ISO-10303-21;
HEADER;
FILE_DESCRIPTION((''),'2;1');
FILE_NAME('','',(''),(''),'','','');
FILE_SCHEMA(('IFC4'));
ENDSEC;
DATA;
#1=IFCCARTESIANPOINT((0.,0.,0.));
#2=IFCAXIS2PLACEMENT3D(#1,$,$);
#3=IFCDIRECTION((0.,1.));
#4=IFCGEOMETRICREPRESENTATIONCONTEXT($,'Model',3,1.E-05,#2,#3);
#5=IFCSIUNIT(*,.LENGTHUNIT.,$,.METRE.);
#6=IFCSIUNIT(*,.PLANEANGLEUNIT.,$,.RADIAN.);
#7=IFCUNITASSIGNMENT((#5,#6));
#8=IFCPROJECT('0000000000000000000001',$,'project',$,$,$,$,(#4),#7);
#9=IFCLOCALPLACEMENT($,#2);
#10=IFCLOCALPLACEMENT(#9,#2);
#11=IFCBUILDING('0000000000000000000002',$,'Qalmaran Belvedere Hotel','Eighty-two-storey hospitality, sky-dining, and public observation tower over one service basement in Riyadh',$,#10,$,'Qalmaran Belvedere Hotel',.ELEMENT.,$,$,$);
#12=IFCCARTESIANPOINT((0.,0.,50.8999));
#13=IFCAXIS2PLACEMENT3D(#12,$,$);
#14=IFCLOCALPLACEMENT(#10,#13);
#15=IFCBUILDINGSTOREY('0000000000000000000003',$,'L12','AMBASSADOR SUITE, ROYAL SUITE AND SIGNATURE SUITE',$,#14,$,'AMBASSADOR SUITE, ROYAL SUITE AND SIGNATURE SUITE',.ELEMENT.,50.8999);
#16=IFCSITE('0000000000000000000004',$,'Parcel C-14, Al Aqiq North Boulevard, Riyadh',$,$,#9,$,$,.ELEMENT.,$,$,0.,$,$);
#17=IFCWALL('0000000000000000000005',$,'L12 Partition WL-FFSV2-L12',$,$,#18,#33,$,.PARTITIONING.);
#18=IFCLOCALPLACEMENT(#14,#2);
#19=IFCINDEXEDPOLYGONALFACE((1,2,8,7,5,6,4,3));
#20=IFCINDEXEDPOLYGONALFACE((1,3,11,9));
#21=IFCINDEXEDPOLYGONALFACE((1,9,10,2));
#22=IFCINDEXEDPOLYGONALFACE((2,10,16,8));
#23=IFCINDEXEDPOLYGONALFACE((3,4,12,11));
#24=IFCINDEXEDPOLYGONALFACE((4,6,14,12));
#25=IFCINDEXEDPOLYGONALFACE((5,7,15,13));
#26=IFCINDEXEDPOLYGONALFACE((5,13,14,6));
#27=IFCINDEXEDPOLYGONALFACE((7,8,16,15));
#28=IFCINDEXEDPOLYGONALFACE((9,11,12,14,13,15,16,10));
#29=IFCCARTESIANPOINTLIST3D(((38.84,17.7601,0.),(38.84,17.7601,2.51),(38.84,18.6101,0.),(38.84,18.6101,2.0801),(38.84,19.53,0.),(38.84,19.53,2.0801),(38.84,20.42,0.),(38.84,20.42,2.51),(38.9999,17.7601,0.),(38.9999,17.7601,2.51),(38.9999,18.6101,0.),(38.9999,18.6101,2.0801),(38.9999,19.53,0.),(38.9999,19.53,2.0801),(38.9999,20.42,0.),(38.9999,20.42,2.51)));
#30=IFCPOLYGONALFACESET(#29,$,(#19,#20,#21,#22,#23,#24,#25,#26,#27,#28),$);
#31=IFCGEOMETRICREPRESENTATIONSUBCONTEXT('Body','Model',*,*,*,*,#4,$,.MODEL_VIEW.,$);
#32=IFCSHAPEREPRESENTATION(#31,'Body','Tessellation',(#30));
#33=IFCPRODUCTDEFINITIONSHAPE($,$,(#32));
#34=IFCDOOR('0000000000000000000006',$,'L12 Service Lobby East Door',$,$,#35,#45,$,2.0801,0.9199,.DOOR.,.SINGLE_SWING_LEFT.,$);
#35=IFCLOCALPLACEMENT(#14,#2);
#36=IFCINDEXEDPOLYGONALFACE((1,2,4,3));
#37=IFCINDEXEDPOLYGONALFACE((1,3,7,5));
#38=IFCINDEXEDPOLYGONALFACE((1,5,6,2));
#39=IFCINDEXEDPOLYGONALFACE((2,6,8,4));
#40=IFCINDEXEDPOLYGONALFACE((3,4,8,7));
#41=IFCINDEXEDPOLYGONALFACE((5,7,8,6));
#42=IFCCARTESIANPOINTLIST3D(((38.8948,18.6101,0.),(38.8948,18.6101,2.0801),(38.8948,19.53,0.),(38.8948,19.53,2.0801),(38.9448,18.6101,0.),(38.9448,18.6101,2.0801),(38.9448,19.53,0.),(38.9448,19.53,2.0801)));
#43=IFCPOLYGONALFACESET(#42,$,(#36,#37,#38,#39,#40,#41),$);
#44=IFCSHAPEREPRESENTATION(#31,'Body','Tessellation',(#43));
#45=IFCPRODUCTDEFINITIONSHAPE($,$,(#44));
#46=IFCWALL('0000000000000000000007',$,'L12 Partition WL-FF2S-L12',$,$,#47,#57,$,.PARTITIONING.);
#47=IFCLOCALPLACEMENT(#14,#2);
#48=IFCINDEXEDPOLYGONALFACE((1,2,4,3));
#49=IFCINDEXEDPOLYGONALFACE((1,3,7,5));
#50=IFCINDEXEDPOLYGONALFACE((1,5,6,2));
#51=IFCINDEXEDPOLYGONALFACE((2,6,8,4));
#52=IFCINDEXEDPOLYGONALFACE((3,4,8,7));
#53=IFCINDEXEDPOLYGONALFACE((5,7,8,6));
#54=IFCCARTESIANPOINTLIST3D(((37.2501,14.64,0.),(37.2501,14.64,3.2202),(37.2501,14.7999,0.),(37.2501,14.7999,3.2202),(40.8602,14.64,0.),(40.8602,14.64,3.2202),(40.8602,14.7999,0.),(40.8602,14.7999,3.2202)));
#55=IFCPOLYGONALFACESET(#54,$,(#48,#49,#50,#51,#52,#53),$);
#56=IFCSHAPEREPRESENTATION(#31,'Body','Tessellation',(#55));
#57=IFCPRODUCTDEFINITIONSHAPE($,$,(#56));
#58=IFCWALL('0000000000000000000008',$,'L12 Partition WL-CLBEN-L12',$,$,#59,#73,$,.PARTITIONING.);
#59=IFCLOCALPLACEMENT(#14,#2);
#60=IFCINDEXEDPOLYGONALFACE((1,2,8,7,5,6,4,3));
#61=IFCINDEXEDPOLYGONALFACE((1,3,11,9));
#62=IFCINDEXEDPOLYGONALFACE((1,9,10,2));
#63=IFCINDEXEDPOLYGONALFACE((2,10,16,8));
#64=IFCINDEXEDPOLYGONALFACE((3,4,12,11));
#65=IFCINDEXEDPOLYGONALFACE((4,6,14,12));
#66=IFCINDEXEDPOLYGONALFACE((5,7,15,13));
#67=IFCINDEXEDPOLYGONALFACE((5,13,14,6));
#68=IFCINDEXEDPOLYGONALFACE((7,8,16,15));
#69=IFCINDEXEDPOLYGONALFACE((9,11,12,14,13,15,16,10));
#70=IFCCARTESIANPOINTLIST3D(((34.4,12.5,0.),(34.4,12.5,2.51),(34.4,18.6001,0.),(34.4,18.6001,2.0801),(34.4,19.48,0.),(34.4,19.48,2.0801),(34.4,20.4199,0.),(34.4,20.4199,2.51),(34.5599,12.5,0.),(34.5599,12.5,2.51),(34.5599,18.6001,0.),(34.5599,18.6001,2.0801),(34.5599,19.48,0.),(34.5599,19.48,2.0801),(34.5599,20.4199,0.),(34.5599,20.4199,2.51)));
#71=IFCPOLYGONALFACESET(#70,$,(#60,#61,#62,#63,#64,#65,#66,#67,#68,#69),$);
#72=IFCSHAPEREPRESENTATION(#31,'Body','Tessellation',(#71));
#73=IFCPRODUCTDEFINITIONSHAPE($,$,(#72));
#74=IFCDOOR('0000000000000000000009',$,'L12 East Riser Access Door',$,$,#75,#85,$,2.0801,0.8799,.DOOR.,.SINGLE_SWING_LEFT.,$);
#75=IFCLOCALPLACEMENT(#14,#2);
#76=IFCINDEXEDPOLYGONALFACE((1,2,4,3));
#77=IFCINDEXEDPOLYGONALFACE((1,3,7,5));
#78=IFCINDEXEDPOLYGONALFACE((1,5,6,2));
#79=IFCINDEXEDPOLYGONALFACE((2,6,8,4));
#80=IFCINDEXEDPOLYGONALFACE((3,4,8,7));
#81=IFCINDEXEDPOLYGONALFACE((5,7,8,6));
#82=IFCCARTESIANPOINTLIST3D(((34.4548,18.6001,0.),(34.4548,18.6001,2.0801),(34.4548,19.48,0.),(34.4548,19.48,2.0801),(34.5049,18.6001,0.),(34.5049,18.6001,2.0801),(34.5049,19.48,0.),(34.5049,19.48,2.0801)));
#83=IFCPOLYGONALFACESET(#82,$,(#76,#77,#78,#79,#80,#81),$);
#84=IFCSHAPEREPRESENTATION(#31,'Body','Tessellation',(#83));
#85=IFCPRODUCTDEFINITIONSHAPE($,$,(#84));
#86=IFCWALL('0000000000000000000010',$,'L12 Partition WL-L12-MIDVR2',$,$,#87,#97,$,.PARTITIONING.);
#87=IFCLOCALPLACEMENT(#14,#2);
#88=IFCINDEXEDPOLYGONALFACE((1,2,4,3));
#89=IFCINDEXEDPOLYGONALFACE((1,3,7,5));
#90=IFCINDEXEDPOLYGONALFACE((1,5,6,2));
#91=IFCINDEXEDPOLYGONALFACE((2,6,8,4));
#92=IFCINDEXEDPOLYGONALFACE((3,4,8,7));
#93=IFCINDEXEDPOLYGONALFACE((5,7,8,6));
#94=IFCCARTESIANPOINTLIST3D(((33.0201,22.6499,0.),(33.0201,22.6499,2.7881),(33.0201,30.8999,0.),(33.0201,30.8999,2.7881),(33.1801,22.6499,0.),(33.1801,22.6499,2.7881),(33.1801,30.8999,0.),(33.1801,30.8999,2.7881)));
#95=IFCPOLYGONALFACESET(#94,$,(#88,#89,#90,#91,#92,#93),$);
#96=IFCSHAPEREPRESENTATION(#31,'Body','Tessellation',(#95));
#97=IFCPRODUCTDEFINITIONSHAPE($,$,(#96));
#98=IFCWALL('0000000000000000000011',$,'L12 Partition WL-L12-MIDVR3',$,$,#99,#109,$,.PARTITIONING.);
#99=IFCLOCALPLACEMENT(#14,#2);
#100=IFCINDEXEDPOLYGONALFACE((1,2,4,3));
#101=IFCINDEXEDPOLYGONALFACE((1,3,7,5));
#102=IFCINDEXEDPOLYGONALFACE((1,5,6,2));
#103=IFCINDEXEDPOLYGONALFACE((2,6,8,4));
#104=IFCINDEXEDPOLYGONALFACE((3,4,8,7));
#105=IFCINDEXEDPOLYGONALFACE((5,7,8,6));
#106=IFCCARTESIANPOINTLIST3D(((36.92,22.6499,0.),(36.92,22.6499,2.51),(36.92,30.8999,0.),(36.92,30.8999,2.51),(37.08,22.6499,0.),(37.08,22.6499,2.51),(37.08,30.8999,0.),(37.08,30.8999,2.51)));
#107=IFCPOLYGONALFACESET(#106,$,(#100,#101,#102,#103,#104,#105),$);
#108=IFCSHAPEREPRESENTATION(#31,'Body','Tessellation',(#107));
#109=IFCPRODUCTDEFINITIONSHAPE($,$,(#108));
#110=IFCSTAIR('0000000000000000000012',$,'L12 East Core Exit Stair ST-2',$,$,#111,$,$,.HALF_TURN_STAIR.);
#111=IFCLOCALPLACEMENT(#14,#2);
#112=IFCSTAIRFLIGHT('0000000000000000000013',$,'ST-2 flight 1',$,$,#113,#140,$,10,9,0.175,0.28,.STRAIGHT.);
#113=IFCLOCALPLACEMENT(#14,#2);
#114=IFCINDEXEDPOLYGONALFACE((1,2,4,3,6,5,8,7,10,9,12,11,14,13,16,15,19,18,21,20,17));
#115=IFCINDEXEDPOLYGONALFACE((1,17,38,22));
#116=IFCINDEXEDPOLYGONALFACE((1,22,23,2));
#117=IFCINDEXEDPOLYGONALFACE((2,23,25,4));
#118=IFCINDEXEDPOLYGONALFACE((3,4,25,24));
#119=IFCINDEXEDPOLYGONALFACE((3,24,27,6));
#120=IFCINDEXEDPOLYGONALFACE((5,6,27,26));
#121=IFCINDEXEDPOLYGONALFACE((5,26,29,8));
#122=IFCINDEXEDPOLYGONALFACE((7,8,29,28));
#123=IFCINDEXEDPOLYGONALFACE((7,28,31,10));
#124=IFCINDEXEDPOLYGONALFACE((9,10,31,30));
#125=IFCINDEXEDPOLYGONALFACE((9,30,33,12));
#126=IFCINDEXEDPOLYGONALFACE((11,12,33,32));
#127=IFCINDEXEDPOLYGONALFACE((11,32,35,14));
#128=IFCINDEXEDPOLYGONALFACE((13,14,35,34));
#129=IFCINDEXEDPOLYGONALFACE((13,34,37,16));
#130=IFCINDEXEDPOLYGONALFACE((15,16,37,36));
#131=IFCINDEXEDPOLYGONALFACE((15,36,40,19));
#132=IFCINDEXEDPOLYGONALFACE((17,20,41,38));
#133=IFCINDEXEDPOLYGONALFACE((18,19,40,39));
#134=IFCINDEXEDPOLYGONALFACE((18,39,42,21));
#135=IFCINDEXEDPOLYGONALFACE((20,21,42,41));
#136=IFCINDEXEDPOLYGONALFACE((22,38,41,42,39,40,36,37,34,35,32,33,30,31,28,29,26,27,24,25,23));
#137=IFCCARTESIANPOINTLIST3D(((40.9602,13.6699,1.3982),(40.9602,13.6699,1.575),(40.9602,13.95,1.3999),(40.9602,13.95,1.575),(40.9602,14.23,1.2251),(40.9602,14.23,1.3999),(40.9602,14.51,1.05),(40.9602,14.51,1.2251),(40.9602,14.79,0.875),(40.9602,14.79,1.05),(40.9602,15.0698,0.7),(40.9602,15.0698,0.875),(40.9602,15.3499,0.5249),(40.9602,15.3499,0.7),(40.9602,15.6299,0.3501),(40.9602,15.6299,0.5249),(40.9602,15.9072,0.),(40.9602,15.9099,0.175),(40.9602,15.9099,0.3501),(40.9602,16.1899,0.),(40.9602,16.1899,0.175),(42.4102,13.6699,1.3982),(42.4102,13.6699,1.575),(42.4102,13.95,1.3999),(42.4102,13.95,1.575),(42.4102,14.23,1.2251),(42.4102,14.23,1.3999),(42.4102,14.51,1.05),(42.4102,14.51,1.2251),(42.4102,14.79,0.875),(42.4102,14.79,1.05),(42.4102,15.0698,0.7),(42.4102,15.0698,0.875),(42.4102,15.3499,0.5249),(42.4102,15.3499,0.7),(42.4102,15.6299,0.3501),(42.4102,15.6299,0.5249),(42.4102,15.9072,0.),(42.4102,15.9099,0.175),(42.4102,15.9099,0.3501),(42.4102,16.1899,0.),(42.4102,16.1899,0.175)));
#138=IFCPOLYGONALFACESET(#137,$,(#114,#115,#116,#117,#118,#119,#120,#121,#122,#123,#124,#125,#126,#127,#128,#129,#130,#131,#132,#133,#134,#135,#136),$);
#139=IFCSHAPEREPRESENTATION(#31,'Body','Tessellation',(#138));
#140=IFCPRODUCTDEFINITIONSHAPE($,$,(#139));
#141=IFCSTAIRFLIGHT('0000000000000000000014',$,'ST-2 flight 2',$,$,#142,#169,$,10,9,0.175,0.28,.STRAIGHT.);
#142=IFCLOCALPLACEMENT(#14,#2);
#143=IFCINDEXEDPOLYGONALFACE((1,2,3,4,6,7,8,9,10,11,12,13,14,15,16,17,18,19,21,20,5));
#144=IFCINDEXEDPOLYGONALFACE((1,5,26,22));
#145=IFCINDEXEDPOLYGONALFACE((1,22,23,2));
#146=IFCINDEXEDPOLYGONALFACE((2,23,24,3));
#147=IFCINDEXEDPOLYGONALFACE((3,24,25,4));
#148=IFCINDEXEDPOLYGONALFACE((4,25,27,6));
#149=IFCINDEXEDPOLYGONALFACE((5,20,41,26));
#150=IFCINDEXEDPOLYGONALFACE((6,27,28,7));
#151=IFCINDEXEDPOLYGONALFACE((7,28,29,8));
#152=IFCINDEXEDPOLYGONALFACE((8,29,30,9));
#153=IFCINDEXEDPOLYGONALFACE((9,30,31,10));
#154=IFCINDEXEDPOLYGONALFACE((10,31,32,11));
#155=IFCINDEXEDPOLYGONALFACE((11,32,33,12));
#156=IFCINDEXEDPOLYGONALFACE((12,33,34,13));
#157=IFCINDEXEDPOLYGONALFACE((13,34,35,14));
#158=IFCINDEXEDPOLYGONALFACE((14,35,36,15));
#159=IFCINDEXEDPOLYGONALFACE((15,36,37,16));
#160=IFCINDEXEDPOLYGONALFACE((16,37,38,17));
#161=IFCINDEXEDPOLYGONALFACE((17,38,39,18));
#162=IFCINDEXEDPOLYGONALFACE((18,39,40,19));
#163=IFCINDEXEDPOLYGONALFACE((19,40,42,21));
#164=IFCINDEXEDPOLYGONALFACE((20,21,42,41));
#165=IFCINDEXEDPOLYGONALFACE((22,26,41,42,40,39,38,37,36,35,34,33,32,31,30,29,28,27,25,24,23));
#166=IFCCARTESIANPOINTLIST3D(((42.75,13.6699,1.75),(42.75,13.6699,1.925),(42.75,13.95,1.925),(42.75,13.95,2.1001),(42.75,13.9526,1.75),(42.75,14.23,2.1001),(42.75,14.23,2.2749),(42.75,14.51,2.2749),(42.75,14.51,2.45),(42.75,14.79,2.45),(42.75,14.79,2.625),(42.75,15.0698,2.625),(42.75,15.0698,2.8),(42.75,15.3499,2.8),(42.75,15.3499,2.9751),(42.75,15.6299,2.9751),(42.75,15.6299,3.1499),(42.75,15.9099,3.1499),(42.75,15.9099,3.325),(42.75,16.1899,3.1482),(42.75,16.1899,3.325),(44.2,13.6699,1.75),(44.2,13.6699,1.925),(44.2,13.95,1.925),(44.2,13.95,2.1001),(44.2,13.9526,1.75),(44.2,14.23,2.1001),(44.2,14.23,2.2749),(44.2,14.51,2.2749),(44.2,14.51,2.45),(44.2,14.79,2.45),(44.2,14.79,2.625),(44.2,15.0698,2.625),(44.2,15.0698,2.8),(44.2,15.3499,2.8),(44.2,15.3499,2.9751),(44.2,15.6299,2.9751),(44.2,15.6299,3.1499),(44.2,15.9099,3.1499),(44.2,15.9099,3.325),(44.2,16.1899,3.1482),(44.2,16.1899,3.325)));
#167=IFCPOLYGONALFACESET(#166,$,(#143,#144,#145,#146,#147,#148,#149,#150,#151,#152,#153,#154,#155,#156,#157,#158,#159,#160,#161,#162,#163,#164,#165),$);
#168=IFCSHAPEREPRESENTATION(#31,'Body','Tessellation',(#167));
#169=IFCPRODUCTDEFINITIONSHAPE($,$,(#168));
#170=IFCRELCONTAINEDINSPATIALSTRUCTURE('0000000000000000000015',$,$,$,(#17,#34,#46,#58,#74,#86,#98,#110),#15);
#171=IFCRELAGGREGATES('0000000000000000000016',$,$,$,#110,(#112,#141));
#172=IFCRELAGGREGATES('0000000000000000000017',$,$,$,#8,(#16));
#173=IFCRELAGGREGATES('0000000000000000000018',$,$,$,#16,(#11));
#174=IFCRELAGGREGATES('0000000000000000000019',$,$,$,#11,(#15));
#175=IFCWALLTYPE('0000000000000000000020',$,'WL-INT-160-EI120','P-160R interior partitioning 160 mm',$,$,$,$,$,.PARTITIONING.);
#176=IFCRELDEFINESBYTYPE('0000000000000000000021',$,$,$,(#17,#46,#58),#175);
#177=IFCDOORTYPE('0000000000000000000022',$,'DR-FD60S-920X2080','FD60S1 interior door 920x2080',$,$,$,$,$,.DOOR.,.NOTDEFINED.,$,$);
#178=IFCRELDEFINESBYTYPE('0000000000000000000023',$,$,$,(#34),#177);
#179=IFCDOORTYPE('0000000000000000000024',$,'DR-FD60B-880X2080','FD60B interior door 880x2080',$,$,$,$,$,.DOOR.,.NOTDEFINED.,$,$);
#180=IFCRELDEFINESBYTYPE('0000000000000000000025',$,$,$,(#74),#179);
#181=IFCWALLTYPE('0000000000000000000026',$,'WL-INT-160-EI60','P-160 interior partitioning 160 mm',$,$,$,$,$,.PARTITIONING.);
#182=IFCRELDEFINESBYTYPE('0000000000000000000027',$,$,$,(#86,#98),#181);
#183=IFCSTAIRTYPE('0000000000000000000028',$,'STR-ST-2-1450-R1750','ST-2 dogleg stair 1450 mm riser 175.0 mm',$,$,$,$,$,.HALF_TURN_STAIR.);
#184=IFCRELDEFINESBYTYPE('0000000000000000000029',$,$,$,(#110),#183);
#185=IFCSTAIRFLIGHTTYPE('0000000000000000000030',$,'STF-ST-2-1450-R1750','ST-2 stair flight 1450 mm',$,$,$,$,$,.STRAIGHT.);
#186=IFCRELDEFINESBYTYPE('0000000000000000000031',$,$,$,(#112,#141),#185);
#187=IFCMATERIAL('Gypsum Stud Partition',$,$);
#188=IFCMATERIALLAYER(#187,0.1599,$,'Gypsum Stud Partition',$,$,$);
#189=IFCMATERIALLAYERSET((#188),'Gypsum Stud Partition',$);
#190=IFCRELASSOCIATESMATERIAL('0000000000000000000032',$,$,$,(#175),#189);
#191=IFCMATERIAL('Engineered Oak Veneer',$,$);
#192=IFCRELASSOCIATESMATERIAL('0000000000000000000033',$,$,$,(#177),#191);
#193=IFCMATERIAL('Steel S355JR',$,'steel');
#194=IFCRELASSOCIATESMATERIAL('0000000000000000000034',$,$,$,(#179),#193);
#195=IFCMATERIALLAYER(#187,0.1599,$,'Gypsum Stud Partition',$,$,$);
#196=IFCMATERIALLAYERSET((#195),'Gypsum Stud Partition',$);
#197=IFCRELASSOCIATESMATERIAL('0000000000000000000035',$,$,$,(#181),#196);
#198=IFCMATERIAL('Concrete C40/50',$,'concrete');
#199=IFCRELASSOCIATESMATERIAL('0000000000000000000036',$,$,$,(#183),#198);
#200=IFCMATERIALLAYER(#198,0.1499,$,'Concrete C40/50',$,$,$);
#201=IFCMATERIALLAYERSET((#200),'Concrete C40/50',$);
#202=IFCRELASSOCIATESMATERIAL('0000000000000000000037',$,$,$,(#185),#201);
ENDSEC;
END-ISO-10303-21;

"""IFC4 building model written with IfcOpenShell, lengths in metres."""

from ifc_helpers import new_model, si_unit, direction, frame, frame_2d, origin, place, context, subcontext, project, spatial, polyline, rectangle, outline, extrude, material, layer, layer_set, type_object, element, fill, aggregate, save


model = new_model("IFC4")

# Units and contexts
model_context = context("Model", 3, precision=1e-05, world=origin(), true_north=direction((0.0, 1.0)))
body_context = subcontext(model_context, "Body", "Model", "MODEL_VIEW")
ifc_project = project(units=[si_unit("LENGTHUNIT", "METRE"), si_unit("PLANEANGLEUNIT", "RADIAN")], contexts=[model_context])

# Site, building, storey
site_placement = place(None, origin())
site = spatial("IfcSite", under=ifc_project, at=site_placement, Name="Parcel C-14, Al Aqiq North Boulevard, Riyadh", CompositionType="ELEMENT", RefElevation=0.0)
building_placement = place(site_placement, origin())
building = spatial("IfcBuilding", under=site, at=building_placement, Name="Qalmaran Belvedere Hotel", Description="Eighty-two-storey hospitality, sky-dining, and public observation tower over one service basement in Riyadh", LongName="Qalmaran Belvedere Hotel", CompositionType="ELEMENT")
storey_placement = place(building_placement, frame((0.0, 0.0, 50.8999)))
storey = spatial("IfcBuildingStorey", under=building, at=storey_placement, Name="L12", Description="AMBASSADOR SUITE, ROYAL SUITE AND SIGNATURE SUITE", LongName="AMBASSADOR SUITE, ROYAL SUITE AND SIGNATURE SUITE", CompositionType="ELEMENT", Elevation=50.8999)

# Shared definitions
ifc_material_1 = material(Name="Steel S355JR", Category="steel")

# Shared definitions
ifc_material_2 = material(Name="Gypsum Stud Partition")

# Wall, opening, door
ifc_layer_1 = layer(ifc_material_2, 0.1599, Name="Gypsum Stud Partition")
ifc_layer_set_1 = layer_set([ifc_layer_1], Name="Gypsum Stud Partition")
wall_type_1 = type_object("IfcWallType", Name="WL-INT-160-EI120", Description="P-160R interior partitioning 160 mm", PredefinedType="PARTITIONING", material=ifc_layer_set_1)
wall_1_placement = place(storey_placement, frame((38.9199, 17.76, 0.0), z_axis=(0.0, 0.0, 1.0), x_axis=(0.0, 1.0, 0.0)))
wall_1 = element("IfcWall", 1, at=wall_1_placement, inside=storey, type_object=wall_type_1, Name="L12 Partition WL-FFSV2-L12", PredefinedType="PARTITIONING", context=body_context, shape_type="SweptSolid", body=[
    extrude(rectangle(XDim=2.6599, YDim=0.1599, at=frame_2d((1.3301, 0.0))), origin(), (0.0, 0.0, 1.0), 2.51),
])
opening_1_placement = place(wall_1_placement, frame((1.77, 0.0, 0.0), z_axis=(0.0, 0.0, 1.0), x_axis=(-1.0, 0.0, 0.0)))
opening_1 = element("IfcOpeningElement", 2, at=opening_1_placement, cuts=wall_1, PredefinedType="OPENING", context=body_context, shape_type="SweptSolid", body=[
    extrude(rectangle(XDim=0.9199, YDim=2.0801, at=frame_2d((0.46, 1.04))), frame((0.0, 0.0898, 0.0), z_axis=(0.0, -1.0, 0.0), x_axis=(1.0, 0.0, 0.0)), (0.0, 0.0, 1.0), 0.1799),
])
ifc_material_3 = material(Name="Engineered Oak Veneer")
door_type_1 = type_object("IfcDoorType", Name="DR-FD60S-920X2080", Description="FD60S1 interior door 920x2080", OperationType="NOTDEFINED", PredefinedType="DOOR", material=ifc_material_3)
door_1_placement = place(opening_1_placement, origin())
door_1 = element("IfcDoor", 3, at=door_1_placement, inside=storey, type_object=door_type_1, Name="L12 Service Lobby East Door", OperationType="SINGLE_SWING_LEFT", OverallHeight=2.0801, OverallWidth=0.9199, PredefinedType="DOOR", context=body_context, shape_type="SweptSolid", body=[
    extrude(rectangle(XDim=0.9199, YDim=2.0801, at=frame_2d((0.46, 1.04))), frame((0.0, 0.0249, 0.0), z_axis=(0.0, -1.0, 0.0), x_axis=(1.0, 0.0, 0.0)), (0.0, 0.0, 1.0), 0.05),
])
fill(opening_1, door_1)

# Wall
wall_2_placement = place(storey_placement, frame((37.25, 14.72, 0.0), z_axis=(0.0, 0.0, 1.0), x_axis=(1.0, 0.0, 0.0)))
element("IfcWall", 4, at=wall_2_placement, inside=storey, type_object=wall_type_1, Name="L12 Partition WL-FF2S-L12", PredefinedType="PARTITIONING", context=body_context, shape_type="SweptSolid", body=[
    extrude(rectangle(XDim=3.6101, YDim=0.1599, at=frame_2d((1.8052, 0.0))), origin(), (0.0, 0.0, 1.0), 3.2202),
])

# Wall, opening, door
wall_3_placement = place(storey_placement, frame((34.48, 12.5, 0.0), z_axis=(0.0, 0.0, 1.0), x_axis=(0.0, 1.0, 0.0)))
wall_3 = element("IfcWall", 5, at=wall_3_placement, inside=storey, type_object=wall_type_1, Name="L12 Partition WL-CLBEN-L12", PredefinedType="PARTITIONING", context=body_context, shape_type="SweptSolid", body=[
    extrude(rectangle(XDim=7.9199, YDim=0.1599, at=frame_2d((3.96, 0.0))), origin(), (0.0, 0.0, 1.0), 2.51),
])
opening_2_placement = place(wall_3_placement, frame((6.98, 0.0, 0.0), z_axis=(0.0, 0.0, 1.0), x_axis=(-1.0, 0.0, 0.0)))
opening_2 = element("IfcOpeningElement", 6, at=opening_2_placement, cuts=wall_3, PredefinedType="OPENING", context=body_context, shape_type="SweptSolid", body=[
    extrude(rectangle(XDim=0.8799, YDim=2.0801, at=frame_2d((0.4399, 1.04))), frame((0.0, 0.0898, 0.0), z_axis=(0.0, -1.0, 0.0), x_axis=(1.0, 0.0, 0.0)), (0.0, 0.0, 1.0), 0.1799),
])
door_type_2 = type_object("IfcDoorType", Name="DR-FD60B-880X2080", Description="FD60B interior door 880x2080", OperationType="NOTDEFINED", PredefinedType="DOOR", material=ifc_material_1)
door_2_placement = place(opening_2_placement, origin())
door_2 = element("IfcDoor", 7, at=door_2_placement, inside=storey, type_object=door_type_2, Name="L12 East Riser Access Door", OperationType="SINGLE_SWING_LEFT", OverallHeight=2.0801, OverallWidth=0.8799, PredefinedType="DOOR", context=body_context, shape_type="SweptSolid", body=[
    extrude(rectangle(XDim=0.8799, YDim=2.0801, at=frame_2d((0.4399, 1.04))), frame((0.0, 0.0249, 0.0), z_axis=(0.0, -1.0, 0.0), x_axis=(1.0, 0.0, 0.0)), (0.0, 0.0, 1.0), 0.05),
])
fill(opening_2, door_2)

# Walls
ifc_layer_2 = layer(ifc_material_2, 0.1599, Name="Gypsum Stud Partition")
ifc_layer_set_2 = layer_set([ifc_layer_2], Name="Gypsum Stud Partition")
wall_type_2 = type_object("IfcWallType", Name="WL-INT-160-EI60", Description="P-160 interior partitioning 160 mm", PredefinedType="PARTITIONING", material=ifc_layer_set_2)
wall_4_placement = place(storey_placement, frame((33.1001, 22.6499, 0.0), z_axis=(0.0, 0.0, 1.0), x_axis=(0.0, 1.0, 0.0)))
element("IfcWall", 8, at=wall_4_placement, inside=storey, type_object=wall_type_2, Name="L12 Partition WL-L12-MIDVR2", PredefinedType="PARTITIONING", context=body_context, shape_type="SweptSolid", body=[
    extrude(rectangle(XDim=8.25, YDim=0.1599, at=frame_2d((4.125, 0.0))), origin(), (0.0, 0.0, 1.0), 2.7881),
])
wall_5_placement = place(storey_placement, frame((37.0, 22.6499, 0.0), z_axis=(0.0, 0.0, 1.0), x_axis=(0.0, 1.0, 0.0)))
element("IfcWall", 9, at=wall_5_placement, inside=storey, type_object=wall_type_2, Name="L12 Partition WL-L12-MIDVR3", PredefinedType="PARTITIONING", context=body_context, shape_type="SweptSolid", body=[
    extrude(rectangle(XDim=8.25, YDim=0.1599, at=frame_2d((4.125, 0.0))), origin(), (0.0, 0.0, 1.0), 2.51),
])

# Stair, stair flights
ifc_material_4 = material(Name="Concrete C40/50", Category="concrete")
stair_type = type_object("IfcStairType", Name="STR-ST-2-1450-R1750", Description="ST-2 dogleg stair 1450 mm riser 175.0 mm", PredefinedType="HALF_TURN_STAIR", material=ifc_material_4)
stair_placement = place(storey_placement, origin())
stair = element("IfcStair", 10, at=stair_placement, inside=storey, type_object=stair_type, Name="L12 East Core Exit Stair ST-2", PredefinedType="HALF_TURN_STAIR")
ifc_layer_3 = layer(ifc_material_4, 0.1499, Name="Concrete C40/50")
ifc_layer_set_3 = layer_set([ifc_layer_3], Name="Concrete C40/50")
stair_flight_type = type_object("IfcStairFlightType", Name="STF-ST-2-1450-R1750", Description="ST-2 stair flight 1450 mm", PredefinedType="STRAIGHT", material=ifc_layer_set_3)
stair_flight_1_placement = place(storey_placement, frame((41.6851, 16.1899, 0.0), z_axis=(0.0, 0.0, 1.0), x_axis=(0.0, -1.0, 0.0)))
stair_flight_1 = element("IfcStairFlight", 11, at=stair_flight_1_placement, type_object=stair_flight_type, Name="ST-2 flight 1", NumberOfRisers=10, NumberOfTreads=9, PredefinedType="STRAIGHT", RiserHeight=0.175, TreadLength=0.28, context=body_context, shape_type="SweptSolid", body=[
    extrude(outline(polyline([(0.0, 0.0), (0.0, 0.175), (0.28, 0.175), (0.28, 0.3501), (0.5601, 0.3501), (0.5601, 0.5249), (0.8401, 0.5249), (0.8401, 0.7), (1.1201, 0.7), (1.1201, 0.875), (1.3999, 0.875), (1.3999, 1.05), (1.6799, 1.05), (1.6799, 1.2251), (1.96, 1.2251), (1.96, 1.3999), (2.24, 1.3999), (2.24, 1.575), (2.52, 1.575), (2.52, 1.75), (2.52, 1.3982), (0.2827, 0.0), (0.0, 0.0)])), frame((0.0, 0.7251, 0.0), z_axis=(0.0, -1.0, 0.0), x_axis=(1.0, 0.0, 0.0)), (0.0, 0.0, 1.0), 1.45),
])
stair_flight_2_placement = place(storey_placement, frame((43.4751, 13.6699, 1.75), z_axis=(0.0, 0.0, 1.0), x_axis=(0.0, 1.0, 0.0)))
stair_flight_2 = element("IfcStairFlight", 12, at=stair_flight_2_placement, type_object=stair_flight_type, Name="ST-2 flight 2", NumberOfRisers=10, NumberOfTreads=9, PredefinedType="STRAIGHT", RiserHeight=0.175, TreadLength=0.28, context=body_context, shape_type="SweptSolid", body=[
    extrude(outline(polyline([(0.0, 0.0), (0.0, 0.175), (0.28, 0.175), (0.28, 0.3501), (0.5601, 0.3501), (0.5601, 0.5249), (0.8401, 0.5249), (0.8401, 0.7), (1.1201, 0.7), (1.1201, 0.875), (1.3999, 0.875), (1.3999, 1.05), (1.6799, 1.05), (1.6799, 1.2251), (1.96, 1.2251), (1.96, 1.3999), (2.24, 1.3999), (2.24, 1.575), (2.52, 1.575), (2.52, 1.75), (2.52, 1.3982), (0.2827, 0.0), (0.0, 0.0)])), frame((0.0, 0.7251, 0.0), z_axis=(0.0, -1.0, 0.0), x_axis=(1.0, 0.0, 0.0)), (0.0, 0.0, 1.0), 1.45),
])
aggregate(stair, [stair_flight_1, stair_flight_2])

save(model, "model.ifc")
